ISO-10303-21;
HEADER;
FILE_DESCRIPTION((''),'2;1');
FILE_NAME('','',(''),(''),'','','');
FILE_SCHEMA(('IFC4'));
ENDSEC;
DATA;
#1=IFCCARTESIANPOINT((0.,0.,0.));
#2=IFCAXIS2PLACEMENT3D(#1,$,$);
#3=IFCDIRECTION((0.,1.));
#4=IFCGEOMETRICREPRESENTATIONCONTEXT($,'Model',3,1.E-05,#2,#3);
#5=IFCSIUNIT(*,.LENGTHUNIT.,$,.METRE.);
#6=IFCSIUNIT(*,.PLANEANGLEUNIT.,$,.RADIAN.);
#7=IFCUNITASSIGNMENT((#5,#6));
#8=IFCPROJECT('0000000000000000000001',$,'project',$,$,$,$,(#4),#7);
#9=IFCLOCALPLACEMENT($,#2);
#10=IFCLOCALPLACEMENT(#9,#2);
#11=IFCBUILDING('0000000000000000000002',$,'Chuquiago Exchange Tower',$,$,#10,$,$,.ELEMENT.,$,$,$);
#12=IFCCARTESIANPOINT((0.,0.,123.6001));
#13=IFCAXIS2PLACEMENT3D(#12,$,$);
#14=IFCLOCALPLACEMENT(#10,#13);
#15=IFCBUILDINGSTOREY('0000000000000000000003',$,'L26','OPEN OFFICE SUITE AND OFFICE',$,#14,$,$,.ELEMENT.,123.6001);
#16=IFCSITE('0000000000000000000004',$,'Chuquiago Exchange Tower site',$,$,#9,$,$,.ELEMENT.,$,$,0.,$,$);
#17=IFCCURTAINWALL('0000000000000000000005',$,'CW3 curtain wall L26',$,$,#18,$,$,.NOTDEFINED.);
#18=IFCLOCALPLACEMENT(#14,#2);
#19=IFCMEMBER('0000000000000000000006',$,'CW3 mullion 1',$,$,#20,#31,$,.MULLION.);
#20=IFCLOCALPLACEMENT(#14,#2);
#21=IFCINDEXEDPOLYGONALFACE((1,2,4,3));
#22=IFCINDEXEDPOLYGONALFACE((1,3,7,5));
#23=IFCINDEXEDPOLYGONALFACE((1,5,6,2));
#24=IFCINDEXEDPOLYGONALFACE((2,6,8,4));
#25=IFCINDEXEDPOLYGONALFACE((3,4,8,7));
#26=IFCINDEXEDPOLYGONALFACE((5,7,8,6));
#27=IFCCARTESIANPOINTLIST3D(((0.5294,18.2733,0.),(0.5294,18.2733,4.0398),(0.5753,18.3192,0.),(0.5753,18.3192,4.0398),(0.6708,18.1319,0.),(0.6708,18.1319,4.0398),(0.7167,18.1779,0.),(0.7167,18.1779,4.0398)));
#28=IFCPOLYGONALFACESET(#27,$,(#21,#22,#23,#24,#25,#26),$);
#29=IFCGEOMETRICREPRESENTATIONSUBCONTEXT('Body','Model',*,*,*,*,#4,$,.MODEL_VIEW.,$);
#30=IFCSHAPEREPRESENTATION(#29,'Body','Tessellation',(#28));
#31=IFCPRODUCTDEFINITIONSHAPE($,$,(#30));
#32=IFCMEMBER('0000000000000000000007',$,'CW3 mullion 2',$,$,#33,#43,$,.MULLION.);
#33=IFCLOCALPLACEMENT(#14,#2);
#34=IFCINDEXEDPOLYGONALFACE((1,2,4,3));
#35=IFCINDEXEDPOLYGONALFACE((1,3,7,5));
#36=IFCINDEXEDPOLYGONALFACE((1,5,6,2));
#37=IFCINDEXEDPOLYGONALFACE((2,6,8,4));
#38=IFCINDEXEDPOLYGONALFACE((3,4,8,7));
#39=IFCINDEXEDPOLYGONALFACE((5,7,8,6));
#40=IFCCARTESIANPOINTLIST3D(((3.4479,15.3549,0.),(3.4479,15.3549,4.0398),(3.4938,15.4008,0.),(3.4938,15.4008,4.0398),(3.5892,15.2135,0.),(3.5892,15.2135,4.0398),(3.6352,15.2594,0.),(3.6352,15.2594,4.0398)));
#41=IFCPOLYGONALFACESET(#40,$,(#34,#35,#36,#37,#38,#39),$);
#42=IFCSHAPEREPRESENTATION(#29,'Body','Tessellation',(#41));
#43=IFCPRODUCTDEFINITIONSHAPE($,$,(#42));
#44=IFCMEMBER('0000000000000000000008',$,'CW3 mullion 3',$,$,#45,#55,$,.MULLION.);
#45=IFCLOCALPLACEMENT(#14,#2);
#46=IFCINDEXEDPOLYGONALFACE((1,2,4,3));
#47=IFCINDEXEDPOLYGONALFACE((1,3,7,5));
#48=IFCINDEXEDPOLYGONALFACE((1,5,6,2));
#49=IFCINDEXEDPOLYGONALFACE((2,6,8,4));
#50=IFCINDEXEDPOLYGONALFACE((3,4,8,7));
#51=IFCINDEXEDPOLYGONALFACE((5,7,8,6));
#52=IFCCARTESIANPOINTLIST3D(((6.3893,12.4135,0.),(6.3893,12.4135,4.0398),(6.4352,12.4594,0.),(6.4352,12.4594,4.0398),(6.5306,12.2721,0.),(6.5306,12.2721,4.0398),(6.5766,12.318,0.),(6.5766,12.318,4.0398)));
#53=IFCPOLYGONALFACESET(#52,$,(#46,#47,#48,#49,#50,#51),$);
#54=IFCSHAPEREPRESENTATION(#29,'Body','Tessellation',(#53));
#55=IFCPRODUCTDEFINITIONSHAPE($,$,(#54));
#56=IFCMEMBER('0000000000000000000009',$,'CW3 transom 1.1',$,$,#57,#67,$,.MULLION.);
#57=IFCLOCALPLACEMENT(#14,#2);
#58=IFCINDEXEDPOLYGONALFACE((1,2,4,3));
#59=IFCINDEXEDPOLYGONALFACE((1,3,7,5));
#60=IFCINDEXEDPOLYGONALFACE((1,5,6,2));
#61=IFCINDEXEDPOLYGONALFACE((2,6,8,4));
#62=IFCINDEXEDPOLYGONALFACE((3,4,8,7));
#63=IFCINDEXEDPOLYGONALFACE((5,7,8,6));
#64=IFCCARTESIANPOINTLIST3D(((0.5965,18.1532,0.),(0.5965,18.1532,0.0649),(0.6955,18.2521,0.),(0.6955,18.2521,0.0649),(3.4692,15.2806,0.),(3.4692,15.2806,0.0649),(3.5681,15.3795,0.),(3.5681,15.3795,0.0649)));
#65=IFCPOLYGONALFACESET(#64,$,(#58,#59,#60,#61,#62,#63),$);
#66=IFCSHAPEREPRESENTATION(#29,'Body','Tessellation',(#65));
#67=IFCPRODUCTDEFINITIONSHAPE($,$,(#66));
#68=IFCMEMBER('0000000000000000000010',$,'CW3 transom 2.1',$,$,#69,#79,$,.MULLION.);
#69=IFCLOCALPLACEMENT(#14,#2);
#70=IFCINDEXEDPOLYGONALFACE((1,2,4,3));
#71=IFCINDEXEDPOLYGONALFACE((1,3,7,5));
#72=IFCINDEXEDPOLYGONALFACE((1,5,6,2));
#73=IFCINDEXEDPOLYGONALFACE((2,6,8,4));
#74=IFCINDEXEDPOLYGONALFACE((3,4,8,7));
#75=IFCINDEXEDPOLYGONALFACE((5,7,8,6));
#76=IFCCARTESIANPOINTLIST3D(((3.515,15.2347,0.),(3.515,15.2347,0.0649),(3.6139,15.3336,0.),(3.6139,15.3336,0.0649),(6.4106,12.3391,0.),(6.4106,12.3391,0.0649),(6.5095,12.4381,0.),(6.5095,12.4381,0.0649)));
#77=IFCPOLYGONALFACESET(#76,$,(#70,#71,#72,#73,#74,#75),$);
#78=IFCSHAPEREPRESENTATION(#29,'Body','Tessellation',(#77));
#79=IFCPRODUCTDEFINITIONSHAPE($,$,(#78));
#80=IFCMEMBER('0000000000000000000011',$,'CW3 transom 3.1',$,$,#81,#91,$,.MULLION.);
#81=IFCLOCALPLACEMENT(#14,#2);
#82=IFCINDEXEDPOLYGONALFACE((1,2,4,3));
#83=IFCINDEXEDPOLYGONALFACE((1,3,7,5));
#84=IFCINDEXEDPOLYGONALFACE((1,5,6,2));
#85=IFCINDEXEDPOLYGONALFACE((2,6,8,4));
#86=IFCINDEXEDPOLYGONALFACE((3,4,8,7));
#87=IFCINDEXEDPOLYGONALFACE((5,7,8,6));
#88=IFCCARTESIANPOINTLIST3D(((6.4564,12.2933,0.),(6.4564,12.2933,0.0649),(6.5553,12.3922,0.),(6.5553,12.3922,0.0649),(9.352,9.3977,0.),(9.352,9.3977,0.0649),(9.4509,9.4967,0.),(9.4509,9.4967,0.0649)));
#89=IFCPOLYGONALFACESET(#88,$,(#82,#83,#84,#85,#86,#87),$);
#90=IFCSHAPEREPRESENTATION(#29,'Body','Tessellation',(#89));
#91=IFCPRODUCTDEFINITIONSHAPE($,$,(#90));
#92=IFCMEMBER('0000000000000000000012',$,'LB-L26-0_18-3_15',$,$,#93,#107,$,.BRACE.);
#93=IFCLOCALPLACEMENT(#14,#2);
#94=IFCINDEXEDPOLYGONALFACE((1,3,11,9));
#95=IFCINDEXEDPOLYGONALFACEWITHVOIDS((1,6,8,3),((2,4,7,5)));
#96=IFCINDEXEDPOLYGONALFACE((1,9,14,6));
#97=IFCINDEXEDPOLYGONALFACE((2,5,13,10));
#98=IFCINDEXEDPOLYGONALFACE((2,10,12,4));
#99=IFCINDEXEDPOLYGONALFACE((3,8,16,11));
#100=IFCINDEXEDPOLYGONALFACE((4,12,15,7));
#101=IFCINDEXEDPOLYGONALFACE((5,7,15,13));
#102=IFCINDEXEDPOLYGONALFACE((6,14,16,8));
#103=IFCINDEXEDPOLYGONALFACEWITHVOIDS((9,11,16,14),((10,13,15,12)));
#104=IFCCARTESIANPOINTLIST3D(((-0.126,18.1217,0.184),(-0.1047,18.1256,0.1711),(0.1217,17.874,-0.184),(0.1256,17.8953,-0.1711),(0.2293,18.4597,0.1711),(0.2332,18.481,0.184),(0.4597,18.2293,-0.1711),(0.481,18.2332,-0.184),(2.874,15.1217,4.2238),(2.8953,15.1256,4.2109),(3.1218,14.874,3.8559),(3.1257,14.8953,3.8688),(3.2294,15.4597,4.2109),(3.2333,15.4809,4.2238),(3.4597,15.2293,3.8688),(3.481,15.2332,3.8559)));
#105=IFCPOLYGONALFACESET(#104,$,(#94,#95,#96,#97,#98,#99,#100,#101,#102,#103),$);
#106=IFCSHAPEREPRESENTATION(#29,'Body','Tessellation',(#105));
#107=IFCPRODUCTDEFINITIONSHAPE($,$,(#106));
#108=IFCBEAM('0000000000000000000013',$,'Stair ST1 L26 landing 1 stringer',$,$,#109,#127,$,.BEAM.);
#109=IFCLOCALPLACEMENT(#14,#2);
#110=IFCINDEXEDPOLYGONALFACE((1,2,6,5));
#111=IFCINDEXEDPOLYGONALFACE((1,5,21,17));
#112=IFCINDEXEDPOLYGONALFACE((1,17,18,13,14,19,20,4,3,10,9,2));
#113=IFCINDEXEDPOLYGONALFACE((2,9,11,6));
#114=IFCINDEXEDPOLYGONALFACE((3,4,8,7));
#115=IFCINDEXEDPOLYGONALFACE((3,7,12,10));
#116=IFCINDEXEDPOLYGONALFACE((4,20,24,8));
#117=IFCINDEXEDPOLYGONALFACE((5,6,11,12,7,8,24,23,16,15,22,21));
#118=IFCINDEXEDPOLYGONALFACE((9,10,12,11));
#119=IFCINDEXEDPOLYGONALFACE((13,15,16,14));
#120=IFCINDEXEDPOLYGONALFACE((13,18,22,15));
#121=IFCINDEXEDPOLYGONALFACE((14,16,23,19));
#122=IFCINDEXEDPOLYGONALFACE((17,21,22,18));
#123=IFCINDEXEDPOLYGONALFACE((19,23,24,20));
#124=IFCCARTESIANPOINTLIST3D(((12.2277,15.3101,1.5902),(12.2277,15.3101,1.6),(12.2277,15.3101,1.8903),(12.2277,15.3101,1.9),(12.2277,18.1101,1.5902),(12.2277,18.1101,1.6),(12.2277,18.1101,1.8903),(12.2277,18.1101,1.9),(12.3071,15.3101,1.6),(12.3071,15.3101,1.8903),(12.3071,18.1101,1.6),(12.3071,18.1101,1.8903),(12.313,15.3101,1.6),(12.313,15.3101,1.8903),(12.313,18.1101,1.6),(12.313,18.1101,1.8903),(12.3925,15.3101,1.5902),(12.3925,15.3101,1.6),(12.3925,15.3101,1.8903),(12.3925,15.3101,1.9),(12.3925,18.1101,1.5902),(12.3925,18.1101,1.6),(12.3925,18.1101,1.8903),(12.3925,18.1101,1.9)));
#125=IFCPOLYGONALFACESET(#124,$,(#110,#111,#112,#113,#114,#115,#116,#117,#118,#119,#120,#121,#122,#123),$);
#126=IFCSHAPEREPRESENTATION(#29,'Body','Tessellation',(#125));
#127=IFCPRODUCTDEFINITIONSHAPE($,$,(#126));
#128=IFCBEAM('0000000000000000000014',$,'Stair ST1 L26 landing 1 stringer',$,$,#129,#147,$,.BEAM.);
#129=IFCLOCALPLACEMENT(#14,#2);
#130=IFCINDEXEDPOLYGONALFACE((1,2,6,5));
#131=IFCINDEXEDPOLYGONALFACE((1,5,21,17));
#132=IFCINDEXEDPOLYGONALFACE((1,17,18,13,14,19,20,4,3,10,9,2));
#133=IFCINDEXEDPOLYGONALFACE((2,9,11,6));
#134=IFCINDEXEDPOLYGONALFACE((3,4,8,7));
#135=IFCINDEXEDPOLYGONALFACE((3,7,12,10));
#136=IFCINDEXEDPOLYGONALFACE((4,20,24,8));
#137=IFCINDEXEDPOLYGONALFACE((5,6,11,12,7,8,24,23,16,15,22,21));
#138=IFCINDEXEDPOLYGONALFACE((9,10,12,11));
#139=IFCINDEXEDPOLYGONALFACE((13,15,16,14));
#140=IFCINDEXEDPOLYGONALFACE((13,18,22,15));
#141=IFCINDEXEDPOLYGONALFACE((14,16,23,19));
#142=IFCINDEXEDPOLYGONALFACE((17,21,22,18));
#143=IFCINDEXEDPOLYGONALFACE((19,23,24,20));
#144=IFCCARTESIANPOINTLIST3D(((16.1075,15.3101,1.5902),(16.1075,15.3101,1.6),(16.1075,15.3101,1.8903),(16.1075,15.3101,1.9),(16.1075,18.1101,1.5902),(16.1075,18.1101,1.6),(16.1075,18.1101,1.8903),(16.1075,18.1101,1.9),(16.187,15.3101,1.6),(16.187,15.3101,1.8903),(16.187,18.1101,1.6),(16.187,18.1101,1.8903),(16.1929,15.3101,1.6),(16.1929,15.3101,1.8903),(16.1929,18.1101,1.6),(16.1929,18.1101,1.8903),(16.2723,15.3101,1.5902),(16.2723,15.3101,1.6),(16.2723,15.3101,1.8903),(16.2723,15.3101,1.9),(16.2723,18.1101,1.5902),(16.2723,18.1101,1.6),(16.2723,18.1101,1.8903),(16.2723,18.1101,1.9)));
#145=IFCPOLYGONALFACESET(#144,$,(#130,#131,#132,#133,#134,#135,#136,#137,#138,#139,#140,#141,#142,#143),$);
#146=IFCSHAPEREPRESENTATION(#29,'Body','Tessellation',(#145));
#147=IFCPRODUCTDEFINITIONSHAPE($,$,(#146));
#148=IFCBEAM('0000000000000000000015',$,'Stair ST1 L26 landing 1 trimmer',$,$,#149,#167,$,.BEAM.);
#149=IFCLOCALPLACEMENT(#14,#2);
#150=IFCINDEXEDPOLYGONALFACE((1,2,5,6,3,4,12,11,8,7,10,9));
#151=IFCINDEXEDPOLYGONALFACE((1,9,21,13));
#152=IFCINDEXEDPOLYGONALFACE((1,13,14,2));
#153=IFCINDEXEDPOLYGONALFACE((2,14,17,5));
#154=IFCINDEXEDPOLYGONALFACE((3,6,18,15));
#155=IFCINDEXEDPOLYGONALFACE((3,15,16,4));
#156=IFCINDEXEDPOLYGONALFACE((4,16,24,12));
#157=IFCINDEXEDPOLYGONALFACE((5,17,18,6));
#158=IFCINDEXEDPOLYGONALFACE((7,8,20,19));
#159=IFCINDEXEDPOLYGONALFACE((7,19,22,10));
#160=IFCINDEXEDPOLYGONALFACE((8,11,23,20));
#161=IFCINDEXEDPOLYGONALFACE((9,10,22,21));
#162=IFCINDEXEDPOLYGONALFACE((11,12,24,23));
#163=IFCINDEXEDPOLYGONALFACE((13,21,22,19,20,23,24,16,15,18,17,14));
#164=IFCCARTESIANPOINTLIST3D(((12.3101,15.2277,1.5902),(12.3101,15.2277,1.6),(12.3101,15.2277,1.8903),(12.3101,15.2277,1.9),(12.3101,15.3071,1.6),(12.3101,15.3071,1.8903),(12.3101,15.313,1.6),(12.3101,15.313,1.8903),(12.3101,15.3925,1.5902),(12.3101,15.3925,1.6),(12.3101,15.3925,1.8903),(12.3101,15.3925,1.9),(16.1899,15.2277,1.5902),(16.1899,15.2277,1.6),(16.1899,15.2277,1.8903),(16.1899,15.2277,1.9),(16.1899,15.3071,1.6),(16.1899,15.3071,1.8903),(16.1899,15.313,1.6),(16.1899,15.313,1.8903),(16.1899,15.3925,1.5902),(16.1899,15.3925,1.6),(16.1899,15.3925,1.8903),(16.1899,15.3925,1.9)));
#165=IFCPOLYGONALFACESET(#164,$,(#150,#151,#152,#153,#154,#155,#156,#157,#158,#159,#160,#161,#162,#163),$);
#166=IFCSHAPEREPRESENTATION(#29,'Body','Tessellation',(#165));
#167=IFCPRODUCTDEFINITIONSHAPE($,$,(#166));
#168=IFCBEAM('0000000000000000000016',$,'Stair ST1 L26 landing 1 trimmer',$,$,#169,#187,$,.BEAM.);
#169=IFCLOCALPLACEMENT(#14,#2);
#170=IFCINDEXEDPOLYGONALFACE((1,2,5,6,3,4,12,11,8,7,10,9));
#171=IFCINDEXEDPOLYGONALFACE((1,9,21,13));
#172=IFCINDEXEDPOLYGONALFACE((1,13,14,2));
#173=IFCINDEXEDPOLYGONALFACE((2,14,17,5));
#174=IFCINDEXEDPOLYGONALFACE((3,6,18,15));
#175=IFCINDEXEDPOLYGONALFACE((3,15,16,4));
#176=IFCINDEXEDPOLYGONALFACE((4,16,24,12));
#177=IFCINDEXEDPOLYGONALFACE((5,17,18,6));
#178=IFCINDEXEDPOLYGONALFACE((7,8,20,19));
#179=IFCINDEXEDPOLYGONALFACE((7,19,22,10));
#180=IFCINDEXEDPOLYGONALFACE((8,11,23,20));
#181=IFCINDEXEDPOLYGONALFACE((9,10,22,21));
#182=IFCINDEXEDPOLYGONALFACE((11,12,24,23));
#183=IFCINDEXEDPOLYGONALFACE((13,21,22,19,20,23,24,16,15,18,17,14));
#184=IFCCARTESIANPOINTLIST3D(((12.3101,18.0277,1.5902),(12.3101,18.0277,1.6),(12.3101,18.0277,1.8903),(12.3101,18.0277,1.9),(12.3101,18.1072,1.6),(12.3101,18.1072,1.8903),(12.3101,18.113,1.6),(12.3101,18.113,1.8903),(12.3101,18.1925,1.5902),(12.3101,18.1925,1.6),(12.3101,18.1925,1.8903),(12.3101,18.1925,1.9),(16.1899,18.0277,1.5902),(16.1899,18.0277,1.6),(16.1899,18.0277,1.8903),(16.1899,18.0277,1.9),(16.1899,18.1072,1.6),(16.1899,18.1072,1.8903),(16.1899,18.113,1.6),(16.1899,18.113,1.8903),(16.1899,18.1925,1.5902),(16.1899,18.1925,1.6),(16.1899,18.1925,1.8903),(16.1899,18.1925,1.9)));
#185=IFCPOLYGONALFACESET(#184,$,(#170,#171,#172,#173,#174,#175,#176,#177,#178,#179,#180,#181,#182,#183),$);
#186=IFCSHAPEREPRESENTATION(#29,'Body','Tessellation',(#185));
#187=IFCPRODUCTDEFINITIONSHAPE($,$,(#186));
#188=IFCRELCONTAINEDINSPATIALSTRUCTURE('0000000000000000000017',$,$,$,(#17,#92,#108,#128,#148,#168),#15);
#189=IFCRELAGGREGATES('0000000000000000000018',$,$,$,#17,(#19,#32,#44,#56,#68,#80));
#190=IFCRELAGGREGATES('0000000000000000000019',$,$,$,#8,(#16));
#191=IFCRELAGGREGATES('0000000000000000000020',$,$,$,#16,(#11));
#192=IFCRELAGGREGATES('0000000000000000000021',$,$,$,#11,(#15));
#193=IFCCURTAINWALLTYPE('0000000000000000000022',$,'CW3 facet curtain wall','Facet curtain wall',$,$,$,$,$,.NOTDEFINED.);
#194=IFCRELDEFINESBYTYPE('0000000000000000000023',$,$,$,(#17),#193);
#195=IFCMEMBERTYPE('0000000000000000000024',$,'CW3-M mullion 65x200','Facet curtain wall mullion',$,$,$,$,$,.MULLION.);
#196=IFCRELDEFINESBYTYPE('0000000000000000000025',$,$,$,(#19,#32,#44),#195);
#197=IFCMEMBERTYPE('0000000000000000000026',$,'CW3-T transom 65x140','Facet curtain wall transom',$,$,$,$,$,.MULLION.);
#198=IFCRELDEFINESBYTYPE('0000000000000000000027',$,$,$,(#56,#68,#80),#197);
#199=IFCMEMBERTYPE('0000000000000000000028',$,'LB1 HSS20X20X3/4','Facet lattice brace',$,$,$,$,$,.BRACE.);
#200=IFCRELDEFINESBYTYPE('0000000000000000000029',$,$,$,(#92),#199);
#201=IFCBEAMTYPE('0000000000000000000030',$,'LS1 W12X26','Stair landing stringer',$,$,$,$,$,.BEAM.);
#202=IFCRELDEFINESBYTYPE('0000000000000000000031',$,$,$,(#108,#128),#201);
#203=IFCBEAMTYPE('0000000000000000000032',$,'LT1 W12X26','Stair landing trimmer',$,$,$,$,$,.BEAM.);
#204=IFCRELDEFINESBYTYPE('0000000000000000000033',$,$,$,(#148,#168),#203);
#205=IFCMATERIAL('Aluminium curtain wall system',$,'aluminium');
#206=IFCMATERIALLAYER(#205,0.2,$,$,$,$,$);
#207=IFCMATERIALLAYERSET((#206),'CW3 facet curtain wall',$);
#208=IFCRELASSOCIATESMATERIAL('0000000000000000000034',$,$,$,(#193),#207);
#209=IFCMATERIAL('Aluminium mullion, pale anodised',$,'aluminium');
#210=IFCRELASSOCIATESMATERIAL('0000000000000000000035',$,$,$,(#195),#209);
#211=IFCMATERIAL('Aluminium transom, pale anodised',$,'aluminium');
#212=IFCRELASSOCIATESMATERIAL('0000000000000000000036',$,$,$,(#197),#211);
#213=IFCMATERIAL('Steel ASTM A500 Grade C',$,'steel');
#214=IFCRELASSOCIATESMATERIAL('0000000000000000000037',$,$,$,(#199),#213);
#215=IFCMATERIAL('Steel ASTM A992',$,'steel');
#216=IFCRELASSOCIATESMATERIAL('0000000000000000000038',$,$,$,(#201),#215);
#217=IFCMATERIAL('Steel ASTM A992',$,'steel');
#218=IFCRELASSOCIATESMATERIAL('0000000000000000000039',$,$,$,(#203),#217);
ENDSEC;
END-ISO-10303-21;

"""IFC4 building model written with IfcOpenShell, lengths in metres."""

from ifc_helpers import new_model, si_unit, direction, frame, origin, origin_2d, place, context, subcontext, project, spatial, rectangle, hollow_rectangle, i_section, extrude, material, layer, layer_set, material_profile, profile_set, type_object, element, aggregate, save


model = new_model("IFC4")

# Units and contexts
model_context = context("Model", 3, precision=1e-05, world=origin(), true_north=direction((0.0, 1.0)))
body_context = subcontext(model_context, "Body", "Model", "MODEL_VIEW")
ifc_project = project(units=[si_unit("LENGTHUNIT", "METRE"), si_unit("PLANEANGLEUNIT", "RADIAN")], contexts=[model_context])

# Site, building, storey
site_placement = place(None, origin())
site = spatial("IfcSite", under=ifc_project, at=site_placement, Name="Chuquiago Exchange Tower site", CompositionType="ELEMENT", RefElevation=0.0)
building_placement = place(site_placement, origin())
building = spatial("IfcBuilding", under=site, at=building_placement, Name="Chuquiago Exchange Tower", CompositionType="ELEMENT")
storey_placement = place(building_placement, frame((0.0, 0.0, 123.6001)))
storey = spatial("IfcBuildingStorey", under=building, at=storey_placement, Name="L26", Description="OPEN OFFICE SUITE AND OFFICE", CompositionType="ELEMENT", Elevation=123.6001)

# Curtain wall, members
ifc_material_1 = material(Name="Aluminium curtain wall system", Category="aluminium")
ifc_layer_1 = layer(ifc_material_1, 0.2)
ifc_layer_set_1 = layer_set([ifc_layer_1], Name="CW3 facet curtain wall")
curtain_wall_type_1 = type_object("IfcCurtainWallType", Name="CW3 facet curtain wall", Description="Facet curtain wall", PredefinedType="NOTDEFINED", material=ifc_layer_set_1)
curtain_wall_1_placement = place(storey_placement, origin())
curtain_wall_1 = element("IfcCurtainWall", 1, at=curtain_wall_1_placement, inside=storey, type_object=curtain_wall_type_1, Name="CW3 curtain wall L26", PredefinedType="NOTDEFINED")
ifc_material_2 = material(Name="Aluminium mullion, pale anodised", Category="aluminium")
ifc_material_profile_1 = material_profile(ifc_material_2, rectangle(XDim=0.0649, YDim=0.2, at=origin_2d()), Name="AL 65x200")
ifc_profile_set_1 = profile_set([ifc_material_profile_1], Name="Aluminium mullion, pale anodised")
member_type_1 = type_object("IfcMemberType", Name="CW3-M mullion 65x200", Description="Facet curtain wall mullion", PredefinedType="MULLION", material=ifc_profile_set_1)
member_1_placement = place(storey_placement, frame((0.623, 18.2256, 0.0), z_axis=(0.0, 0.0, 1.0), x_axis=(0.707107, 0.707107, 0.0)))
member_1 = element("IfcMember", 2, at=member_1_placement, type_object=member_type_1, Name="CW3 mullion 1", PredefinedType="MULLION", context=body_context, shape_type="SweptSolid", body=[
    extrude(rectangle(XDim=0.0649, YDim=0.2, at=origin_2d()), origin(), (0.0, 0.0, 1.0), 4.0398),
])
member_2_placement = place(storey_placement, frame((3.5415, 15.3071, 0.0), z_axis=(0.0, 0.0, 1.0), x_axis=(0.707107, 0.707107, 0.0)))
member_2 = element("IfcMember", 3, at=member_2_placement, type_object=member_type_1, Name="CW3 mullion 2", PredefinedType="MULLION", context=body_context, shape_type="SweptSolid", body=[
    extrude(rectangle(XDim=0.0649, YDim=0.2, at=origin_2d()), origin(), (0.0, 0.0, 1.0), 4.0398),
])
member_3_placement = place(storey_placement, frame((6.4829, 12.3657, 0.0), z_axis=(0.0, 0.0, 1.0), x_axis=(0.707107, 0.707107, 0.0)))
member_3 = element("IfcMember", 4, at=member_3_placement, type_object=member_type_1, Name="CW3 mullion 3", PredefinedType="MULLION", context=body_context, shape_type="SweptSolid", body=[
    extrude(rectangle(XDim=0.0649, YDim=0.2, at=origin_2d()), origin(), (0.0, 0.0, 1.0), 4.0398),
])
ifc_material_3 = material(Name="Aluminium transom, pale anodised", Category="aluminium")
ifc_material_profile_2 = material_profile(ifc_material_3, rectangle(XDim=0.1399, YDim=0.0649, at=origin_2d()), Name="AL 140x65")
ifc_profile_set_2 = profile_set([ifc_material_profile_2], Name="Aluminium transom, pale anodised")
member_type_2 = type_object("IfcMemberType", Name="CW3-T transom 65x140", Description="Facet curtain wall transom", PredefinedType="MULLION", material=ifc_profile_set_2)
member_4_placement = place(storey_placement, frame((0.646, 18.2026, 0.0325), z_axis=(0.707107, -0.707107, 0.0), x_axis=(0.707107, 0.707107, 0.0)))
member_4 = element("IfcMember", 5, at=member_4_placement, type_object=member_type_2, Name="CW3 transom 1.1", PredefinedType="MULLION", context=body_context, shape_type="SweptSolid", body=[
    extrude(rectangle(XDim=0.1399, YDim=0.0649, at=origin_2d()), origin(), (0.0, 0.0, 1.0), 4.0625),
])
member_5_placement = place(storey_placement, frame((3.5645, 15.2842, 0.0325), z_axis=(0.707107, -0.707107, 0.0), x_axis=(0.707107, 0.707107, 0.0)))
member_5 = element("IfcMember", 6, at=member_5_placement, type_object=member_type_2, Name="CW3 transom 2.1", PredefinedType="MULLION", context=body_context, shape_type="SweptSolid", body=[
    extrude(rectangle(XDim=0.1399, YDim=0.0649, at=origin_2d()), origin(), (0.0, 0.0, 1.0), 4.095),
])
member_6_placement = place(storey_placement, frame((6.5059, 12.3428, 0.0325), z_axis=(0.707107, -0.707107, 0.0), x_axis=(0.707107, 0.707107, 0.0)))
member_6 = element("IfcMember", 7, at=member_6_placement, type_object=member_type_2, Name="CW3 transom 3.1", PredefinedType="MULLION", context=body_context, shape_type="SweptSolid", body=[
    extrude(rectangle(XDim=0.1399, YDim=0.0649, at=origin_2d()), origin(), (0.0, 0.0, 1.0), 4.095),
])

# Member
ifc_material_4 = material(Name="Steel ASTM A500 Grade C", Category="steel")
ifc_material_profile_3 = material_profile(ifc_material_4, hollow_rectangle(XDim=0.5081, YDim=0.5081, WallThickness=0.0178, at=origin_2d()), Name="HSS20X20X3/4")
ifc_profile_set_3 = profile_set([ifc_material_profile_3], Name="Steel ASTM A500 Grade C")
member_type_3 = type_object("IfcMemberType", Name="LB1 HSS20X20X3/4", Description="Facet lattice brace", PredefinedType="BRACE", material=ifc_profile_set_3)
member_7_placement = place(storey_placement, frame((0.1775, 18.1775, 0.0), z_axis=(0.512092, -0.512092, 0.689582), x_axis=(0.707107, 0.707107, 0.0)))
element("IfcMember", 8, at=member_7_placement, inside=storey, type_object=member_type_3, Name="LB-L26-0_18-3_15", PredefinedType="BRACE", context=body_context, shape_type="SweptSolid", body=[
    extrude(hollow_rectangle(XDim=0.5081, YDim=0.5081, WallThickness=0.0178, at=origin_2d()), origin(), (0.0, 0.0, 1.0), 5.8584),
])

# Beams
ifc_material_5 = material(Name="Steel ASTM A992", Category="steel")
ifc_material_profile_4 = material_profile(ifc_material_5, i_section(OverallWidth=0.1648, OverallDepth=0.3098, WebThickness=0.0059, FlangeThickness=0.0098, at=origin_2d()), Name="W12X26")
ifc_profile_set_4 = profile_set([ifc_material_profile_4], Name="Steel ASTM A992")
beam_type_1 = type_object("IfcBeamType", Name="LS1 W12X26", Description="Stair landing stringer", PredefinedType="BEAM", material=ifc_profile_set_4)
for number, where, z_axis, x_axis, name in (
    (9, (12.3101, 15.3101, 1.7451), (0.0, 1.0, 0.0), (-1.0, 0.0, 0.0), "Stair ST1 L26 landing 1 stringer"),
    (10, (16.1899, 15.3101, 1.7451), (0.0, 1.0, 0.0), (-1.0, 0.0, 0.0), "Stair ST1 L26 landing 1 stringer"),
):
    element("IfcBeam", number, at=place(storey_placement, frame(where, z_axis=z_axis, x_axis=x_axis)), inside=storey, type_object=beam_type_1, Name=name, PredefinedType="BEAM", context=body_context, shape_type="SweptSolid", body=[
        extrude(i_section(OverallWidth=0.1648, OverallDepth=0.3098, WebThickness=0.0059, FlangeThickness=0.0098, at=origin_2d()), origin(), (0.0, 0.0, 1.0), 2.8),
    ])
ifc_material_6 = material(Name="Steel ASTM A992", Category="steel")
ifc_material_profile_5 = material_profile(ifc_material_6, i_section(OverallWidth=0.1648, OverallDepth=0.3098, WebThickness=0.0059, FlangeThickness=0.0098, at=origin_2d()), Name="W12X26")
ifc_profile_set_5 = profile_set([ifc_material_profile_5], Name="Steel ASTM A992")
beam_type_2 = type_object("IfcBeamType", Name="LT1 W12X26", Description="Stair landing trimmer", PredefinedType="BEAM", material=ifc_profile_set_5)
for number, where, z_axis, x_axis, name in (
    (11, (12.3101, 15.3101, 1.7451), (1.0, 0.0, 0.0), (0.0, 1.0, 0.0), "Stair ST1 L26 landing 1 trimmer"),
    (12, (12.3101, 18.1101, 1.7451), (1.0, 0.0, 0.0), (0.0, 1.0, 0.0), "Stair ST1 L26 landing 1 trimmer"),
):
    element("IfcBeam", number, at=place(storey_placement, frame(where, z_axis=z_axis, x_axis=x_axis)), inside=storey, type_object=beam_type_2, Name=name, PredefinedType="BEAM", context=body_context, shape_type="SweptSolid", body=[
        extrude(i_section(OverallWidth=0.1648, OverallDepth=0.3098, WebThickness=0.0059, FlangeThickness=0.0098, at=origin_2d()), origin(), (0.0, 0.0, 1.0), 3.8799),
    ])

aggregate(curtain_wall_1, [member_1, member_2, member_3, member_4, member_5, member_6])

save(model, "model.ifc")
